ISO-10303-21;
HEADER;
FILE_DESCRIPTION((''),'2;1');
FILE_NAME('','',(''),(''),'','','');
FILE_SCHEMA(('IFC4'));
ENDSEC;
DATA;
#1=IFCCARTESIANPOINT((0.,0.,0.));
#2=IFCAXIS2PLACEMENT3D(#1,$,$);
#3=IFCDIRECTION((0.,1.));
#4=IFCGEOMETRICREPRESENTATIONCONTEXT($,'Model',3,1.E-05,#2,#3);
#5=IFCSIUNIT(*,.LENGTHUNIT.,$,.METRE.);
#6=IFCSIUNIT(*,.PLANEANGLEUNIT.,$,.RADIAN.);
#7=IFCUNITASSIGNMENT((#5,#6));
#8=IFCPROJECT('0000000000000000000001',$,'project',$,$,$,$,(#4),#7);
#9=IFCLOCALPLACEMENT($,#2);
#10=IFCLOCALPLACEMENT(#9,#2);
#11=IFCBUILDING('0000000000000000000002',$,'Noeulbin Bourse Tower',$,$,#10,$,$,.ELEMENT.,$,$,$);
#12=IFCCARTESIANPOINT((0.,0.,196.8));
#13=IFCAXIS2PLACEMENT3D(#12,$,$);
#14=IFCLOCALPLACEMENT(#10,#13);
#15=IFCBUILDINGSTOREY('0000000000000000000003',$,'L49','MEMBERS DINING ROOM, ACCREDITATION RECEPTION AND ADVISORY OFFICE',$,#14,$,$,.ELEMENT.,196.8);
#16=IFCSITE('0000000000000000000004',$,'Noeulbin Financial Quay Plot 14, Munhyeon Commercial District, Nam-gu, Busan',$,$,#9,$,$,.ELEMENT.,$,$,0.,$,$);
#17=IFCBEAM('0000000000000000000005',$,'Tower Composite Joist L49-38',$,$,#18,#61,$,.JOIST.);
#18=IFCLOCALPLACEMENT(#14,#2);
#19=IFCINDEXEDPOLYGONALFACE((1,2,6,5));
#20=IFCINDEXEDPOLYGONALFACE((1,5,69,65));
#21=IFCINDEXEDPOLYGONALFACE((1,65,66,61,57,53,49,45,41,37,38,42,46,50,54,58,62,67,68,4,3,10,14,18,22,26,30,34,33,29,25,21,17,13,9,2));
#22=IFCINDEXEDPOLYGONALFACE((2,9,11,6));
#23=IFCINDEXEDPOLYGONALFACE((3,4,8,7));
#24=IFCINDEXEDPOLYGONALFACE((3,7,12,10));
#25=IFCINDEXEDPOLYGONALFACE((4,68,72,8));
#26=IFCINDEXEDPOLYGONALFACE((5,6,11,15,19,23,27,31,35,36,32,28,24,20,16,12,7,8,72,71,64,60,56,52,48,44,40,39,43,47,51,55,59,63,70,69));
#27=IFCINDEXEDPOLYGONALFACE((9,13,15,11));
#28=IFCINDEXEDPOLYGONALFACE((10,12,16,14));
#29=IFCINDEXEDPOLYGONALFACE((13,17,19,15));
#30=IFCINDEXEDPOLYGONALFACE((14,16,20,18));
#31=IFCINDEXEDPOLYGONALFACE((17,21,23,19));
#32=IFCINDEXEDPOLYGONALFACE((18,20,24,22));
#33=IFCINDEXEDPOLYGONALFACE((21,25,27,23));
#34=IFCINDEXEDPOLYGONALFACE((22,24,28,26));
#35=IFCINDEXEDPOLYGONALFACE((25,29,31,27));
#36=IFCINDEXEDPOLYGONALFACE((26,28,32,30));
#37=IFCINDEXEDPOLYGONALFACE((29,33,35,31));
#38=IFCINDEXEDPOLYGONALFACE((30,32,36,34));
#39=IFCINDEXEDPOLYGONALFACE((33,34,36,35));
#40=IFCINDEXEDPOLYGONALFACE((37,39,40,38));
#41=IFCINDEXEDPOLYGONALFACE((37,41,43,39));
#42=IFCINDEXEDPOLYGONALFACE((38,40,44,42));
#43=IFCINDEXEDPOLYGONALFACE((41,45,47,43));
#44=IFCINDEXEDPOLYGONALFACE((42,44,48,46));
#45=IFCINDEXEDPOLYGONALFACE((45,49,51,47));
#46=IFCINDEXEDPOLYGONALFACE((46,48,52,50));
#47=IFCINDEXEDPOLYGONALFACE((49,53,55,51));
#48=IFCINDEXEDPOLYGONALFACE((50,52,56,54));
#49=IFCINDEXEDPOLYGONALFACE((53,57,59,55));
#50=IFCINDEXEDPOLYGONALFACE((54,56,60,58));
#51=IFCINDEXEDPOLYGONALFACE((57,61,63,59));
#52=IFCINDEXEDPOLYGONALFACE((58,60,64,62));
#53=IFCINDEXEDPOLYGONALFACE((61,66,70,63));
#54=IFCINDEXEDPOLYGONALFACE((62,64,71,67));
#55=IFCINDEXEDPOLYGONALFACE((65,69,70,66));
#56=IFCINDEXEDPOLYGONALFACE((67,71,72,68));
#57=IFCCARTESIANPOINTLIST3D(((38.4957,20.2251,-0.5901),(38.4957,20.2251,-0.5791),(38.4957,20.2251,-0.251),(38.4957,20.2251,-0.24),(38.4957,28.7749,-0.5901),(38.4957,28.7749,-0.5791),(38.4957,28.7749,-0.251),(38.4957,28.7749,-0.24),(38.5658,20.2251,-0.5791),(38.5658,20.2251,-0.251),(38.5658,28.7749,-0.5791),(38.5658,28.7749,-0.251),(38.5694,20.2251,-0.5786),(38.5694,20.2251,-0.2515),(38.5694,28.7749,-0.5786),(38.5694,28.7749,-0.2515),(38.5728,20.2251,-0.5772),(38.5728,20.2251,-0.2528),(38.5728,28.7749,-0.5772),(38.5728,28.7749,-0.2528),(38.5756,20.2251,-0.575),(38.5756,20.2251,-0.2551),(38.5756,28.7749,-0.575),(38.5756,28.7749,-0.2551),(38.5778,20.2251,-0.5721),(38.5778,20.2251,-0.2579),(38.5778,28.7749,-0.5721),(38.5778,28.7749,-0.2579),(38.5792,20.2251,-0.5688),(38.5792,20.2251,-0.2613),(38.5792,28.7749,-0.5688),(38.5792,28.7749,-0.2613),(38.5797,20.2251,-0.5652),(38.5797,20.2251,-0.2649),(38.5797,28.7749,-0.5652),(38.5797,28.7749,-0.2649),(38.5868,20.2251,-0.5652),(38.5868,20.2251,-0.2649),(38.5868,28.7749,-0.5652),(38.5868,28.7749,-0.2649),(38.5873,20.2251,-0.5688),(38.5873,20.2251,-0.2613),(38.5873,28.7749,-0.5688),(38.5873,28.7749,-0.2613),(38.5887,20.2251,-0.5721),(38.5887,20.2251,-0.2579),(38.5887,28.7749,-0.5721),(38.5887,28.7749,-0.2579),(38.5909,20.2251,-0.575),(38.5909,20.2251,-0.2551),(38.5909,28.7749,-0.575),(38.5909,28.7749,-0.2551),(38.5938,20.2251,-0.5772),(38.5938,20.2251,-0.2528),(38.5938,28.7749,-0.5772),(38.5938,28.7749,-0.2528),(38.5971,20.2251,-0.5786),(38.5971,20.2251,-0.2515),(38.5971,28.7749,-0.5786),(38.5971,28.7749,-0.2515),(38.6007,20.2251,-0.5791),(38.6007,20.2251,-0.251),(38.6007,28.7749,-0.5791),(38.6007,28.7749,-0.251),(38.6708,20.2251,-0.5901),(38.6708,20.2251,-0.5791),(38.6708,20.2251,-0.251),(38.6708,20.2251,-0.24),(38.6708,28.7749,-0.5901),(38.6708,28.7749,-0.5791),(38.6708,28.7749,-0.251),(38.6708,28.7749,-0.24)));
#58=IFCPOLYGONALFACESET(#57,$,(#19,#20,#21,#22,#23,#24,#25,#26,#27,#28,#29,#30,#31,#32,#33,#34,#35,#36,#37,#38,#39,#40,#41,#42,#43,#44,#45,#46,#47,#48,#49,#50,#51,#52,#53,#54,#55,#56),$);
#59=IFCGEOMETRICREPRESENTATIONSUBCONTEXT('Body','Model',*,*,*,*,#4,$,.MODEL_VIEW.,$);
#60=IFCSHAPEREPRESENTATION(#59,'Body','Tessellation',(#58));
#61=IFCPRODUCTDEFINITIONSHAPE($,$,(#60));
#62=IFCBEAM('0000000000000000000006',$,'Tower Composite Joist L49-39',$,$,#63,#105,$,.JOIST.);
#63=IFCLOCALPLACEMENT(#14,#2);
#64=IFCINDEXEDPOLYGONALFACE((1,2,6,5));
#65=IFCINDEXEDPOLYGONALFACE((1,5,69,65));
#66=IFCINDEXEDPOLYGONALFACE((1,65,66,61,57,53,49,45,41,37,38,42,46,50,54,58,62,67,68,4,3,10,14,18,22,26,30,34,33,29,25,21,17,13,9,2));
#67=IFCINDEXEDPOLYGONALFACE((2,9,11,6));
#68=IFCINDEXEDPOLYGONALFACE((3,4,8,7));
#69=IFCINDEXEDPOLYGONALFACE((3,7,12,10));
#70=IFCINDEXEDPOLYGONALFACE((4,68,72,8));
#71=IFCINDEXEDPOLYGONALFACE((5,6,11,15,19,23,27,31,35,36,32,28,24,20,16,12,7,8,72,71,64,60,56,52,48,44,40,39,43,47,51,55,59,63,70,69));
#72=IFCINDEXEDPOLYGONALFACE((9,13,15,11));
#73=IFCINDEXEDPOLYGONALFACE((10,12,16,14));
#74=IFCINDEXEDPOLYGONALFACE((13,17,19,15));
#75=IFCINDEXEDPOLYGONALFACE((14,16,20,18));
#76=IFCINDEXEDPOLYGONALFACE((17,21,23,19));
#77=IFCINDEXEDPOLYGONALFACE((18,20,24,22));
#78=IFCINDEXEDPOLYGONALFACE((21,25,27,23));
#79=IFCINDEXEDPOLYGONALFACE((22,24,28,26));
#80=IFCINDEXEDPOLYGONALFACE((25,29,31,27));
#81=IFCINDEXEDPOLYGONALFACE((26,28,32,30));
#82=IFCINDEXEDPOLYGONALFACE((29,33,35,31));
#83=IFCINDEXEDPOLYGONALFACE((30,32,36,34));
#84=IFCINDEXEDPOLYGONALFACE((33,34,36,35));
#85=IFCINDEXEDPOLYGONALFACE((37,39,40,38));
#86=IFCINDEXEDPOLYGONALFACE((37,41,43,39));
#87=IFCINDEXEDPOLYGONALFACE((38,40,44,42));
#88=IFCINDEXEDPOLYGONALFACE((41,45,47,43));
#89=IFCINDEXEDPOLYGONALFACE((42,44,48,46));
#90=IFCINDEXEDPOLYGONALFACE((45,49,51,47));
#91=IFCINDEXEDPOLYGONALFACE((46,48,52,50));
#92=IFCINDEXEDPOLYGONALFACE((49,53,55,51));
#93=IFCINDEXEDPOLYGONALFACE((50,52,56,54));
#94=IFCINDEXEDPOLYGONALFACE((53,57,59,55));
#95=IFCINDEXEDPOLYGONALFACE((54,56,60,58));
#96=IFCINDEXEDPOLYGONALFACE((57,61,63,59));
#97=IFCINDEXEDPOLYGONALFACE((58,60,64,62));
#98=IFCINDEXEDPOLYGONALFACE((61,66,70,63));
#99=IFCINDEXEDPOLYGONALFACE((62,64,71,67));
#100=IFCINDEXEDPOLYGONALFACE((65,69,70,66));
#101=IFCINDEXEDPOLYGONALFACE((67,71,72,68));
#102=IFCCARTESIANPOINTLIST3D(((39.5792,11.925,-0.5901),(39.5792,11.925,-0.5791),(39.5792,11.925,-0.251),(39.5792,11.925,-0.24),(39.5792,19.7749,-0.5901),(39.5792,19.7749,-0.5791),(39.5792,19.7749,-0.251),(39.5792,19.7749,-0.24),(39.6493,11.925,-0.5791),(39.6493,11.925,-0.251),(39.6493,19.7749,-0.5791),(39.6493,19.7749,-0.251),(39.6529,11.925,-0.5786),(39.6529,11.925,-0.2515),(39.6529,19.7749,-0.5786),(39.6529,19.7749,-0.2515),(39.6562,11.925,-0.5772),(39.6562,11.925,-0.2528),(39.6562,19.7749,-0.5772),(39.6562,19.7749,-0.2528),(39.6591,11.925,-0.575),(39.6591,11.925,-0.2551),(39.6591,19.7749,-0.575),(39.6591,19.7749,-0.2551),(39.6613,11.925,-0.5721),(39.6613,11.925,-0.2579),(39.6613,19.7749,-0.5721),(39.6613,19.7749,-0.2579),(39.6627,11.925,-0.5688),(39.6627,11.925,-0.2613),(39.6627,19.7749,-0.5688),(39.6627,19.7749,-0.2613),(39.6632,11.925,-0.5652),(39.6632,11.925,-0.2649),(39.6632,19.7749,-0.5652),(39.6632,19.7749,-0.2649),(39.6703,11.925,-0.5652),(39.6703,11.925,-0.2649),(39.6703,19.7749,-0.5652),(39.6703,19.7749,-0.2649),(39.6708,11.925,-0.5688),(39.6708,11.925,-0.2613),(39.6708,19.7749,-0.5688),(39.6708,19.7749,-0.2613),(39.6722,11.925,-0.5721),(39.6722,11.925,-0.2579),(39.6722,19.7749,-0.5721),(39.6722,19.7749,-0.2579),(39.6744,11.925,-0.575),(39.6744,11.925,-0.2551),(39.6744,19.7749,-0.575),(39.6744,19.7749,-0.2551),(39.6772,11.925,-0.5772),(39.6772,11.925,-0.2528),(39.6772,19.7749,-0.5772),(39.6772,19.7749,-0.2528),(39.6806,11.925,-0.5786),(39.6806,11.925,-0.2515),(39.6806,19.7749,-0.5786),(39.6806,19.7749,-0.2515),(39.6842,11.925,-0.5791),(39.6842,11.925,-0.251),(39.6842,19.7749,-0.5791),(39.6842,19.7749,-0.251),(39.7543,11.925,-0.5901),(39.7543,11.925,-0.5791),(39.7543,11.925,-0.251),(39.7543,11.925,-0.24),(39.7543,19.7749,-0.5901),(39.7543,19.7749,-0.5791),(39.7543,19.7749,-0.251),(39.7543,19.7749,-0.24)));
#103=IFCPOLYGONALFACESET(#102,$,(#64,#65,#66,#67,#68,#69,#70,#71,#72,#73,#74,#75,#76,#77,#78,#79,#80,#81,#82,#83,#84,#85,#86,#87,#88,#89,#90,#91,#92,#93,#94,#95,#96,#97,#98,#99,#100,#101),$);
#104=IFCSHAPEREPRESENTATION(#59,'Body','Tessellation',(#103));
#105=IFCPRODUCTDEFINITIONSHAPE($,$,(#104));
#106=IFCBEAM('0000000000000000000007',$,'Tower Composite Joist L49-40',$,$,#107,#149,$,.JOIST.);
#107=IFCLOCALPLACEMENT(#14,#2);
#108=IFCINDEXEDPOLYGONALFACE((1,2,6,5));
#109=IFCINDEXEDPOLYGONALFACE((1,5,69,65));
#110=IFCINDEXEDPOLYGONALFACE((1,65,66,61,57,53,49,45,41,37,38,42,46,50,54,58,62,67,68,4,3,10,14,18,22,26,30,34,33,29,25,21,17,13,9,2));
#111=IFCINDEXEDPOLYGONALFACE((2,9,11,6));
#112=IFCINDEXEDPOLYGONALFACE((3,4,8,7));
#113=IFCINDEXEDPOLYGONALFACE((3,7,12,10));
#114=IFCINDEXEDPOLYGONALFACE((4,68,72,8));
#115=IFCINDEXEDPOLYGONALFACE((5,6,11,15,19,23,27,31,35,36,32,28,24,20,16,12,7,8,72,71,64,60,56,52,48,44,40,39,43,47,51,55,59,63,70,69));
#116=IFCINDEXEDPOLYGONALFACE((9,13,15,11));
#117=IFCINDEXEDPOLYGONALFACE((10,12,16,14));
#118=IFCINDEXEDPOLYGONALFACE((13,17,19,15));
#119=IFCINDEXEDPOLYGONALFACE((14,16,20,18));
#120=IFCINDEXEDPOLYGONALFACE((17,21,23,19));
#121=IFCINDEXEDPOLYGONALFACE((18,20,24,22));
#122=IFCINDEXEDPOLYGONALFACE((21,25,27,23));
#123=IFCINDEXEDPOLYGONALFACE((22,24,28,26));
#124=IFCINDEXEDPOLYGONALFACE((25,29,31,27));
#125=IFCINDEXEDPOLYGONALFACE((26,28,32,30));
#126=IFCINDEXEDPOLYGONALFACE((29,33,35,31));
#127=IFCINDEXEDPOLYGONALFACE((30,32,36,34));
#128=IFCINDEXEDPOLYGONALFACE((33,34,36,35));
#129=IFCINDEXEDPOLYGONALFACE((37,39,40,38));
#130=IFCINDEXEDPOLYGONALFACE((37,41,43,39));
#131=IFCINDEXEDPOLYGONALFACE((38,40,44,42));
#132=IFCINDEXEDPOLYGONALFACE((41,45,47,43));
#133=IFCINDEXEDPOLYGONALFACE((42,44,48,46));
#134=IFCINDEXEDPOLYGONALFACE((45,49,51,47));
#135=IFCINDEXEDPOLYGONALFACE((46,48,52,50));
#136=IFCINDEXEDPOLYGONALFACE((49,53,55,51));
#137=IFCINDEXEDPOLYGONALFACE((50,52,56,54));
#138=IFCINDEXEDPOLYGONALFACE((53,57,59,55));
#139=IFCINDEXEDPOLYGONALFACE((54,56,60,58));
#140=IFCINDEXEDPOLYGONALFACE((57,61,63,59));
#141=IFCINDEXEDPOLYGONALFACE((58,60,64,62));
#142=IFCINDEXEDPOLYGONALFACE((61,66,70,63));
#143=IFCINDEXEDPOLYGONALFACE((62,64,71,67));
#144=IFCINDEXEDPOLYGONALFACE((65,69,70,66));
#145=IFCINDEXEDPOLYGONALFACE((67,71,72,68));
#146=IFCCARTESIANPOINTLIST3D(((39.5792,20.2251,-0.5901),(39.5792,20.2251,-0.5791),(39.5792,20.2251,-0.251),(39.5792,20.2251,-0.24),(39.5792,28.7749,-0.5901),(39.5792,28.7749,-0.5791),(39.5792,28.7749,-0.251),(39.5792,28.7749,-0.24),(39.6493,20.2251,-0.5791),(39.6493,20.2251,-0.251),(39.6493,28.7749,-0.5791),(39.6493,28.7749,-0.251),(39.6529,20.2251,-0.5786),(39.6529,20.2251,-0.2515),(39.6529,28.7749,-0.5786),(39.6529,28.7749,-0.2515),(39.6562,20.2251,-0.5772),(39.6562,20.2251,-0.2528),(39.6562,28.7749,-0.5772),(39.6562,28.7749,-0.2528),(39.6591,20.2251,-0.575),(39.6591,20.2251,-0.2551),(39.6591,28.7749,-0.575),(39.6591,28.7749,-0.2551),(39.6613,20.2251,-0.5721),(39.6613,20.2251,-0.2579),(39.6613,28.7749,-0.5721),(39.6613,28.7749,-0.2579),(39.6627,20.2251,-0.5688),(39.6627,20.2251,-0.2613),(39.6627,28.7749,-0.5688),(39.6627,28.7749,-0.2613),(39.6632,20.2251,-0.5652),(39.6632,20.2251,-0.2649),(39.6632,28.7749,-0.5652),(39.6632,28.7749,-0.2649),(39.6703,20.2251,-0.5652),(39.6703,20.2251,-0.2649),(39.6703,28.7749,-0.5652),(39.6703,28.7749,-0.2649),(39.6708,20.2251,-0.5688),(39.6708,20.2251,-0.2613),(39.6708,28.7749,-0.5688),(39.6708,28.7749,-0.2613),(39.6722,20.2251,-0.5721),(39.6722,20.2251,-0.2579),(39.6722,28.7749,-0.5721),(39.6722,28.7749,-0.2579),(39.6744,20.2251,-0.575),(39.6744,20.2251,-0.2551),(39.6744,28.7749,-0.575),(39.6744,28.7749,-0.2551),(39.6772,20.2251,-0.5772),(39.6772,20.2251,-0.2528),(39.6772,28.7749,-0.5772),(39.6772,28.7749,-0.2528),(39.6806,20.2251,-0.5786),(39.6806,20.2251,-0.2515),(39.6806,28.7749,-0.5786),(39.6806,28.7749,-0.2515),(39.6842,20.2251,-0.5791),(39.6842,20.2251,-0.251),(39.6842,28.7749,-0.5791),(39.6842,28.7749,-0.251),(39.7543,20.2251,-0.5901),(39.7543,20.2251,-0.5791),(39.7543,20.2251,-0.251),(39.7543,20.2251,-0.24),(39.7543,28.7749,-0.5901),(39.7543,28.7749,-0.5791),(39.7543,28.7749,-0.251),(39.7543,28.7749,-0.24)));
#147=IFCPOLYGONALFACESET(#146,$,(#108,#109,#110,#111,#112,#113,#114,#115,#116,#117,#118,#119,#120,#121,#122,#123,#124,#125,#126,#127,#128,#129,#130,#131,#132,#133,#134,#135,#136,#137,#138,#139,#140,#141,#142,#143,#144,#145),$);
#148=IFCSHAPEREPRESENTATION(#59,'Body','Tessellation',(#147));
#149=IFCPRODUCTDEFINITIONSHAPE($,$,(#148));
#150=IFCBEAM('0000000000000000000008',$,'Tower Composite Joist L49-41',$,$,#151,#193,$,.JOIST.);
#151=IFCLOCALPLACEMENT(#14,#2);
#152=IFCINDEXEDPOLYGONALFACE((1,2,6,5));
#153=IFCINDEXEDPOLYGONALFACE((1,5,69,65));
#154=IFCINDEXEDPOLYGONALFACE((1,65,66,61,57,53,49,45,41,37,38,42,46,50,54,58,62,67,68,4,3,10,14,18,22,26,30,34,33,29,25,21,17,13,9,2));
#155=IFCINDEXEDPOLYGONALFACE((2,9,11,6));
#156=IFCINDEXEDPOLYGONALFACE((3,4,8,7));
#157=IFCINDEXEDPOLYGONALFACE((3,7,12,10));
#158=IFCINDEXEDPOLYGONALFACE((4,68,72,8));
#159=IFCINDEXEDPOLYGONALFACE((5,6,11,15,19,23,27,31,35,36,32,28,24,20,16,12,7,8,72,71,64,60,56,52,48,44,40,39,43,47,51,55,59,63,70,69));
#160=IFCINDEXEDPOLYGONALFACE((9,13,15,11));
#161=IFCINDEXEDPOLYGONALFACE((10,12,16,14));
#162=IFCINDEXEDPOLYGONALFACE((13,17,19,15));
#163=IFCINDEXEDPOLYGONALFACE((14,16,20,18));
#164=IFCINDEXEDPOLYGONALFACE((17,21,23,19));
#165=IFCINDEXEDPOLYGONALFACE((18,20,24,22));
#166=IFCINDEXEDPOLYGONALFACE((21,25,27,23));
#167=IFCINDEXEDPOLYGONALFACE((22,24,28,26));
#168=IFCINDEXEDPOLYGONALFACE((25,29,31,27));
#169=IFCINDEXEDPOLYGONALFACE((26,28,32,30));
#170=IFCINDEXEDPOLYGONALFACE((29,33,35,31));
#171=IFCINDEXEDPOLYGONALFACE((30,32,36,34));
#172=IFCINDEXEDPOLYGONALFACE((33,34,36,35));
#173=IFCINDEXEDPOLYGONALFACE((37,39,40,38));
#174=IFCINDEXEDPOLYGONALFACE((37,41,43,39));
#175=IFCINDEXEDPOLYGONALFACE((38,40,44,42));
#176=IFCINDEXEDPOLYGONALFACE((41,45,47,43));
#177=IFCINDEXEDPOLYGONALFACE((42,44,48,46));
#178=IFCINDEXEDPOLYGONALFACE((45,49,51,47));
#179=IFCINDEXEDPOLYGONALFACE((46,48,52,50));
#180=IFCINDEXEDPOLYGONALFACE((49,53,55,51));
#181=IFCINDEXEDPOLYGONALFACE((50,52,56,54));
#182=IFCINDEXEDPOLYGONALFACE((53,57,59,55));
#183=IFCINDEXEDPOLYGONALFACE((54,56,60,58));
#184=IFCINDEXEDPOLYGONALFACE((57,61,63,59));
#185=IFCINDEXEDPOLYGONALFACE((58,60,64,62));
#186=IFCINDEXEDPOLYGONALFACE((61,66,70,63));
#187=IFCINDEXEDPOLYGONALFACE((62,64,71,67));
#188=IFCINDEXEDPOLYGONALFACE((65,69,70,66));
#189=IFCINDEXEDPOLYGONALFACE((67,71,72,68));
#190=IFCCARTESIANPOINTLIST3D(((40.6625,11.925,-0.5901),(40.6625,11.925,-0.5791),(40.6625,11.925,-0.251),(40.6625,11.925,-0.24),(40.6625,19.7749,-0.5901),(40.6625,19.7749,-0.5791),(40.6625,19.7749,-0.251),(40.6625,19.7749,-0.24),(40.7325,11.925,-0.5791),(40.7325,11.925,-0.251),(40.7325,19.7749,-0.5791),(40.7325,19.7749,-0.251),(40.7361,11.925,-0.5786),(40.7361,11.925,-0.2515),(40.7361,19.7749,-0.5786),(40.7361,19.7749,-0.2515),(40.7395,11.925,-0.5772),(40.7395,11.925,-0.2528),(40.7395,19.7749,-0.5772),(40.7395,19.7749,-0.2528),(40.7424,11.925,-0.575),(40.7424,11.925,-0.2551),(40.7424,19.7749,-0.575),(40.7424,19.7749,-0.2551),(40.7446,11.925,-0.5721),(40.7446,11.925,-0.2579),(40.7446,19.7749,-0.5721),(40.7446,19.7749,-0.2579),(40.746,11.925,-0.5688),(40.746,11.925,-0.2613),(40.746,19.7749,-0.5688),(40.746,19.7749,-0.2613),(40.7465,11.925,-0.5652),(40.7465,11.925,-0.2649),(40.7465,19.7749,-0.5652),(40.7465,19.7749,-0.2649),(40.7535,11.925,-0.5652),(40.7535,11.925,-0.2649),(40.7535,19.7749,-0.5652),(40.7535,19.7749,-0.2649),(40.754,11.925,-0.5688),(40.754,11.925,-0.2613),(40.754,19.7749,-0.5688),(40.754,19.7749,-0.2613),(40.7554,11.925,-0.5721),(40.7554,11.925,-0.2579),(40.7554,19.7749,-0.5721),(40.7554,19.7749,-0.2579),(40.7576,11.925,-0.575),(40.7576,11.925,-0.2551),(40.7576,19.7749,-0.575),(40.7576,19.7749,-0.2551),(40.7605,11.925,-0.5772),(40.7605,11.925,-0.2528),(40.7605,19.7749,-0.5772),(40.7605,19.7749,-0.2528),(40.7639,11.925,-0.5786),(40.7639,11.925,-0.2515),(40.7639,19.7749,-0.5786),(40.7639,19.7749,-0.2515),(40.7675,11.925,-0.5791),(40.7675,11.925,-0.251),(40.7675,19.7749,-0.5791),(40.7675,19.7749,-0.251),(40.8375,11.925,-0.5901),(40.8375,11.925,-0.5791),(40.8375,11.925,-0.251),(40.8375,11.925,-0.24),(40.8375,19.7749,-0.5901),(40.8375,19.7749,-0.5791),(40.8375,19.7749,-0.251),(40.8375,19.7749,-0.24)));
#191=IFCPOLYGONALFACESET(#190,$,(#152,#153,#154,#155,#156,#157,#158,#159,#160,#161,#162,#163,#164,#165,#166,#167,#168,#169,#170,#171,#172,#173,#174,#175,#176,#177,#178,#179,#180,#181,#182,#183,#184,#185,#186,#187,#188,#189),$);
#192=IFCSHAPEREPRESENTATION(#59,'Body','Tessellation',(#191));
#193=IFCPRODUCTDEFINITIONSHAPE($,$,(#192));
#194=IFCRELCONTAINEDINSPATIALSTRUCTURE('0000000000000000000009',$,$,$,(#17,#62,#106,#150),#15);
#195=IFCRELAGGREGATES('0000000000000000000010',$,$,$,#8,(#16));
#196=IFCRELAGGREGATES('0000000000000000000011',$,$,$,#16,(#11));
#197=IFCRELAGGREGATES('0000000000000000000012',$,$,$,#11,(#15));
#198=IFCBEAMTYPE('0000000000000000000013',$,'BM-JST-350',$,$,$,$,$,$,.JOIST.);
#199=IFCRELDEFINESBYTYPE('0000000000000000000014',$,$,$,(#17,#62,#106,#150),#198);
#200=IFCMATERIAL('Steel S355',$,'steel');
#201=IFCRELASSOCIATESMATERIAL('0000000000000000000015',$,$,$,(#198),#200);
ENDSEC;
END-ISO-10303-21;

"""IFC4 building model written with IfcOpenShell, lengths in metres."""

from ifc_helpers import new_model, si_unit, direction, frame, origin, origin_2d, place, context, subcontext, project, spatial, i_section, extrude, material, material_profile, profile_set, type_object, element, save


model = new_model("IFC4")

# Units and contexts
model_context = context("Model", 3, precision=1e-05, world=origin(), true_north=direction((0.0, 1.0)))
body_context = subcontext(model_context, "Body", "Model", "MODEL_VIEW")
ifc_project = project(units=[si_unit("LENGTHUNIT", "METRE"), si_unit("PLANEANGLEUNIT", "RADIAN")], contexts=[model_context])

# Site, building, storey
site_placement = place(None, origin())
site = spatial("IfcSite", under=ifc_project, at=site_placement, Name="Noeulbin Financial Quay Plot 14, Munhyeon Commercial District, Nam-gu, Busan", CompositionType="ELEMENT", RefElevation=0.0)
building_placement = place(site_placement, origin())
building = spatial("IfcBuilding", under=site, at=building_placement, Name="Noeulbin Bourse Tower", CompositionType="ELEMENT")
storey_placement = place(building_placement, frame((0.0, 0.0, 196.8)))
storey = spatial("IfcBuildingStorey", under=building, at=storey_placement, Name="L49", Description="MEMBERS DINING ROOM, ACCREDITATION RECEPTION AND ADVISORY OFFICE", CompositionType="ELEMENT", Elevation=196.8)

# Shared definitions
ifc_material_1 = material(Name="Steel S355", Category="steel")

# Beams
ifc_material_profile_1 = material_profile(ifc_material_1, i_section(OverallWidth=0.175, OverallDepth=0.3501, WebThickness=0.0071, FlangeThickness=0.011, FilletRadius=0.0139, at=origin_2d()), Name="H-350x175x7x11", Category="LoadBearing")
ifc_profile_set_1 = profile_set([ifc_material_profile_1], Name="Steel S355")
beam_type_1 = type_object("IfcBeamType", Name="BM-JST-350", PredefinedType="JOIST", material=ifc_profile_set_1)
beam_1_placement = place(storey_placement, frame((38.5833, 20.2251, -0.415), z_axis=(0.0, 1.0, 0.0), x_axis=(-1.0, 0.0, 0.0)))
element("IfcBeam", 1, at=beam_1_placement, inside=storey, type_object=beam_type_1, Name="Tower Composite Joist L49-38", PredefinedType="JOIST", context=body_context, shape_type="SweptSolid", body=[
    extrude(i_section(OverallWidth=0.175, OverallDepth=0.3501, WebThickness=0.0071, FlangeThickness=0.011, FilletRadius=0.0139, at=origin_2d()), origin(), (0.0, 0.0, 1.0), 8.5498),
])
beam_2_placement = place(storey_placement, frame((39.6667, 11.925, -0.415), z_axis=(0.0, 1.0, 0.0), x_axis=(-1.0, 0.0, 0.0)))
element("IfcBeam", 2, at=beam_2_placement, inside=storey, type_object=beam_type_1, Name="Tower Composite Joist L49-39", PredefinedType="JOIST", context=body_context, shape_type="SweptSolid", body=[
    extrude(i_section(OverallWidth=0.175, OverallDepth=0.3501, WebThickness=0.0071, FlangeThickness=0.011, FilletRadius=0.0139, at=origin_2d()), origin(), (0.0, 0.0, 1.0), 7.8499),
])
beam_3_placement = place(storey_placement, frame((39.6667, 20.2251, -0.415), z_axis=(0.0, 1.0, 0.0), x_axis=(-1.0, 0.0, 0.0)))
element("IfcBeam", 3, at=beam_3_placement, inside=storey, type_object=beam_type_1, Name="Tower Composite Joist L49-40", PredefinedType="JOIST", context=body_context, shape_type="SweptSolid", body=[
    extrude(i_section(OverallWidth=0.175, OverallDepth=0.3501, WebThickness=0.0071, FlangeThickness=0.011, FilletRadius=0.0139, at=origin_2d()), origin(), (0.0, 0.0, 1.0), 8.5498),
])
beam_4_placement = place(storey_placement, frame((40.75, 11.925, -0.415), z_axis=(0.0, 1.0, 0.0), x_axis=(-1.0, 0.0, 0.0)))
element("IfcBeam", 4, at=beam_4_placement, inside=storey, type_object=beam_type_1, Name="Tower Composite Joist L49-41", PredefinedType="JOIST", context=body_context, shape_type="SweptSolid", body=[
    extrude(i_section(OverallWidth=0.175, OverallDepth=0.3501, WebThickness=0.0071, FlangeThickness=0.011, FilletRadius=0.0139, at=origin_2d()), origin(), (0.0, 0.0, 1.0), 7.8499),
])

save(model, "model.ifc")
